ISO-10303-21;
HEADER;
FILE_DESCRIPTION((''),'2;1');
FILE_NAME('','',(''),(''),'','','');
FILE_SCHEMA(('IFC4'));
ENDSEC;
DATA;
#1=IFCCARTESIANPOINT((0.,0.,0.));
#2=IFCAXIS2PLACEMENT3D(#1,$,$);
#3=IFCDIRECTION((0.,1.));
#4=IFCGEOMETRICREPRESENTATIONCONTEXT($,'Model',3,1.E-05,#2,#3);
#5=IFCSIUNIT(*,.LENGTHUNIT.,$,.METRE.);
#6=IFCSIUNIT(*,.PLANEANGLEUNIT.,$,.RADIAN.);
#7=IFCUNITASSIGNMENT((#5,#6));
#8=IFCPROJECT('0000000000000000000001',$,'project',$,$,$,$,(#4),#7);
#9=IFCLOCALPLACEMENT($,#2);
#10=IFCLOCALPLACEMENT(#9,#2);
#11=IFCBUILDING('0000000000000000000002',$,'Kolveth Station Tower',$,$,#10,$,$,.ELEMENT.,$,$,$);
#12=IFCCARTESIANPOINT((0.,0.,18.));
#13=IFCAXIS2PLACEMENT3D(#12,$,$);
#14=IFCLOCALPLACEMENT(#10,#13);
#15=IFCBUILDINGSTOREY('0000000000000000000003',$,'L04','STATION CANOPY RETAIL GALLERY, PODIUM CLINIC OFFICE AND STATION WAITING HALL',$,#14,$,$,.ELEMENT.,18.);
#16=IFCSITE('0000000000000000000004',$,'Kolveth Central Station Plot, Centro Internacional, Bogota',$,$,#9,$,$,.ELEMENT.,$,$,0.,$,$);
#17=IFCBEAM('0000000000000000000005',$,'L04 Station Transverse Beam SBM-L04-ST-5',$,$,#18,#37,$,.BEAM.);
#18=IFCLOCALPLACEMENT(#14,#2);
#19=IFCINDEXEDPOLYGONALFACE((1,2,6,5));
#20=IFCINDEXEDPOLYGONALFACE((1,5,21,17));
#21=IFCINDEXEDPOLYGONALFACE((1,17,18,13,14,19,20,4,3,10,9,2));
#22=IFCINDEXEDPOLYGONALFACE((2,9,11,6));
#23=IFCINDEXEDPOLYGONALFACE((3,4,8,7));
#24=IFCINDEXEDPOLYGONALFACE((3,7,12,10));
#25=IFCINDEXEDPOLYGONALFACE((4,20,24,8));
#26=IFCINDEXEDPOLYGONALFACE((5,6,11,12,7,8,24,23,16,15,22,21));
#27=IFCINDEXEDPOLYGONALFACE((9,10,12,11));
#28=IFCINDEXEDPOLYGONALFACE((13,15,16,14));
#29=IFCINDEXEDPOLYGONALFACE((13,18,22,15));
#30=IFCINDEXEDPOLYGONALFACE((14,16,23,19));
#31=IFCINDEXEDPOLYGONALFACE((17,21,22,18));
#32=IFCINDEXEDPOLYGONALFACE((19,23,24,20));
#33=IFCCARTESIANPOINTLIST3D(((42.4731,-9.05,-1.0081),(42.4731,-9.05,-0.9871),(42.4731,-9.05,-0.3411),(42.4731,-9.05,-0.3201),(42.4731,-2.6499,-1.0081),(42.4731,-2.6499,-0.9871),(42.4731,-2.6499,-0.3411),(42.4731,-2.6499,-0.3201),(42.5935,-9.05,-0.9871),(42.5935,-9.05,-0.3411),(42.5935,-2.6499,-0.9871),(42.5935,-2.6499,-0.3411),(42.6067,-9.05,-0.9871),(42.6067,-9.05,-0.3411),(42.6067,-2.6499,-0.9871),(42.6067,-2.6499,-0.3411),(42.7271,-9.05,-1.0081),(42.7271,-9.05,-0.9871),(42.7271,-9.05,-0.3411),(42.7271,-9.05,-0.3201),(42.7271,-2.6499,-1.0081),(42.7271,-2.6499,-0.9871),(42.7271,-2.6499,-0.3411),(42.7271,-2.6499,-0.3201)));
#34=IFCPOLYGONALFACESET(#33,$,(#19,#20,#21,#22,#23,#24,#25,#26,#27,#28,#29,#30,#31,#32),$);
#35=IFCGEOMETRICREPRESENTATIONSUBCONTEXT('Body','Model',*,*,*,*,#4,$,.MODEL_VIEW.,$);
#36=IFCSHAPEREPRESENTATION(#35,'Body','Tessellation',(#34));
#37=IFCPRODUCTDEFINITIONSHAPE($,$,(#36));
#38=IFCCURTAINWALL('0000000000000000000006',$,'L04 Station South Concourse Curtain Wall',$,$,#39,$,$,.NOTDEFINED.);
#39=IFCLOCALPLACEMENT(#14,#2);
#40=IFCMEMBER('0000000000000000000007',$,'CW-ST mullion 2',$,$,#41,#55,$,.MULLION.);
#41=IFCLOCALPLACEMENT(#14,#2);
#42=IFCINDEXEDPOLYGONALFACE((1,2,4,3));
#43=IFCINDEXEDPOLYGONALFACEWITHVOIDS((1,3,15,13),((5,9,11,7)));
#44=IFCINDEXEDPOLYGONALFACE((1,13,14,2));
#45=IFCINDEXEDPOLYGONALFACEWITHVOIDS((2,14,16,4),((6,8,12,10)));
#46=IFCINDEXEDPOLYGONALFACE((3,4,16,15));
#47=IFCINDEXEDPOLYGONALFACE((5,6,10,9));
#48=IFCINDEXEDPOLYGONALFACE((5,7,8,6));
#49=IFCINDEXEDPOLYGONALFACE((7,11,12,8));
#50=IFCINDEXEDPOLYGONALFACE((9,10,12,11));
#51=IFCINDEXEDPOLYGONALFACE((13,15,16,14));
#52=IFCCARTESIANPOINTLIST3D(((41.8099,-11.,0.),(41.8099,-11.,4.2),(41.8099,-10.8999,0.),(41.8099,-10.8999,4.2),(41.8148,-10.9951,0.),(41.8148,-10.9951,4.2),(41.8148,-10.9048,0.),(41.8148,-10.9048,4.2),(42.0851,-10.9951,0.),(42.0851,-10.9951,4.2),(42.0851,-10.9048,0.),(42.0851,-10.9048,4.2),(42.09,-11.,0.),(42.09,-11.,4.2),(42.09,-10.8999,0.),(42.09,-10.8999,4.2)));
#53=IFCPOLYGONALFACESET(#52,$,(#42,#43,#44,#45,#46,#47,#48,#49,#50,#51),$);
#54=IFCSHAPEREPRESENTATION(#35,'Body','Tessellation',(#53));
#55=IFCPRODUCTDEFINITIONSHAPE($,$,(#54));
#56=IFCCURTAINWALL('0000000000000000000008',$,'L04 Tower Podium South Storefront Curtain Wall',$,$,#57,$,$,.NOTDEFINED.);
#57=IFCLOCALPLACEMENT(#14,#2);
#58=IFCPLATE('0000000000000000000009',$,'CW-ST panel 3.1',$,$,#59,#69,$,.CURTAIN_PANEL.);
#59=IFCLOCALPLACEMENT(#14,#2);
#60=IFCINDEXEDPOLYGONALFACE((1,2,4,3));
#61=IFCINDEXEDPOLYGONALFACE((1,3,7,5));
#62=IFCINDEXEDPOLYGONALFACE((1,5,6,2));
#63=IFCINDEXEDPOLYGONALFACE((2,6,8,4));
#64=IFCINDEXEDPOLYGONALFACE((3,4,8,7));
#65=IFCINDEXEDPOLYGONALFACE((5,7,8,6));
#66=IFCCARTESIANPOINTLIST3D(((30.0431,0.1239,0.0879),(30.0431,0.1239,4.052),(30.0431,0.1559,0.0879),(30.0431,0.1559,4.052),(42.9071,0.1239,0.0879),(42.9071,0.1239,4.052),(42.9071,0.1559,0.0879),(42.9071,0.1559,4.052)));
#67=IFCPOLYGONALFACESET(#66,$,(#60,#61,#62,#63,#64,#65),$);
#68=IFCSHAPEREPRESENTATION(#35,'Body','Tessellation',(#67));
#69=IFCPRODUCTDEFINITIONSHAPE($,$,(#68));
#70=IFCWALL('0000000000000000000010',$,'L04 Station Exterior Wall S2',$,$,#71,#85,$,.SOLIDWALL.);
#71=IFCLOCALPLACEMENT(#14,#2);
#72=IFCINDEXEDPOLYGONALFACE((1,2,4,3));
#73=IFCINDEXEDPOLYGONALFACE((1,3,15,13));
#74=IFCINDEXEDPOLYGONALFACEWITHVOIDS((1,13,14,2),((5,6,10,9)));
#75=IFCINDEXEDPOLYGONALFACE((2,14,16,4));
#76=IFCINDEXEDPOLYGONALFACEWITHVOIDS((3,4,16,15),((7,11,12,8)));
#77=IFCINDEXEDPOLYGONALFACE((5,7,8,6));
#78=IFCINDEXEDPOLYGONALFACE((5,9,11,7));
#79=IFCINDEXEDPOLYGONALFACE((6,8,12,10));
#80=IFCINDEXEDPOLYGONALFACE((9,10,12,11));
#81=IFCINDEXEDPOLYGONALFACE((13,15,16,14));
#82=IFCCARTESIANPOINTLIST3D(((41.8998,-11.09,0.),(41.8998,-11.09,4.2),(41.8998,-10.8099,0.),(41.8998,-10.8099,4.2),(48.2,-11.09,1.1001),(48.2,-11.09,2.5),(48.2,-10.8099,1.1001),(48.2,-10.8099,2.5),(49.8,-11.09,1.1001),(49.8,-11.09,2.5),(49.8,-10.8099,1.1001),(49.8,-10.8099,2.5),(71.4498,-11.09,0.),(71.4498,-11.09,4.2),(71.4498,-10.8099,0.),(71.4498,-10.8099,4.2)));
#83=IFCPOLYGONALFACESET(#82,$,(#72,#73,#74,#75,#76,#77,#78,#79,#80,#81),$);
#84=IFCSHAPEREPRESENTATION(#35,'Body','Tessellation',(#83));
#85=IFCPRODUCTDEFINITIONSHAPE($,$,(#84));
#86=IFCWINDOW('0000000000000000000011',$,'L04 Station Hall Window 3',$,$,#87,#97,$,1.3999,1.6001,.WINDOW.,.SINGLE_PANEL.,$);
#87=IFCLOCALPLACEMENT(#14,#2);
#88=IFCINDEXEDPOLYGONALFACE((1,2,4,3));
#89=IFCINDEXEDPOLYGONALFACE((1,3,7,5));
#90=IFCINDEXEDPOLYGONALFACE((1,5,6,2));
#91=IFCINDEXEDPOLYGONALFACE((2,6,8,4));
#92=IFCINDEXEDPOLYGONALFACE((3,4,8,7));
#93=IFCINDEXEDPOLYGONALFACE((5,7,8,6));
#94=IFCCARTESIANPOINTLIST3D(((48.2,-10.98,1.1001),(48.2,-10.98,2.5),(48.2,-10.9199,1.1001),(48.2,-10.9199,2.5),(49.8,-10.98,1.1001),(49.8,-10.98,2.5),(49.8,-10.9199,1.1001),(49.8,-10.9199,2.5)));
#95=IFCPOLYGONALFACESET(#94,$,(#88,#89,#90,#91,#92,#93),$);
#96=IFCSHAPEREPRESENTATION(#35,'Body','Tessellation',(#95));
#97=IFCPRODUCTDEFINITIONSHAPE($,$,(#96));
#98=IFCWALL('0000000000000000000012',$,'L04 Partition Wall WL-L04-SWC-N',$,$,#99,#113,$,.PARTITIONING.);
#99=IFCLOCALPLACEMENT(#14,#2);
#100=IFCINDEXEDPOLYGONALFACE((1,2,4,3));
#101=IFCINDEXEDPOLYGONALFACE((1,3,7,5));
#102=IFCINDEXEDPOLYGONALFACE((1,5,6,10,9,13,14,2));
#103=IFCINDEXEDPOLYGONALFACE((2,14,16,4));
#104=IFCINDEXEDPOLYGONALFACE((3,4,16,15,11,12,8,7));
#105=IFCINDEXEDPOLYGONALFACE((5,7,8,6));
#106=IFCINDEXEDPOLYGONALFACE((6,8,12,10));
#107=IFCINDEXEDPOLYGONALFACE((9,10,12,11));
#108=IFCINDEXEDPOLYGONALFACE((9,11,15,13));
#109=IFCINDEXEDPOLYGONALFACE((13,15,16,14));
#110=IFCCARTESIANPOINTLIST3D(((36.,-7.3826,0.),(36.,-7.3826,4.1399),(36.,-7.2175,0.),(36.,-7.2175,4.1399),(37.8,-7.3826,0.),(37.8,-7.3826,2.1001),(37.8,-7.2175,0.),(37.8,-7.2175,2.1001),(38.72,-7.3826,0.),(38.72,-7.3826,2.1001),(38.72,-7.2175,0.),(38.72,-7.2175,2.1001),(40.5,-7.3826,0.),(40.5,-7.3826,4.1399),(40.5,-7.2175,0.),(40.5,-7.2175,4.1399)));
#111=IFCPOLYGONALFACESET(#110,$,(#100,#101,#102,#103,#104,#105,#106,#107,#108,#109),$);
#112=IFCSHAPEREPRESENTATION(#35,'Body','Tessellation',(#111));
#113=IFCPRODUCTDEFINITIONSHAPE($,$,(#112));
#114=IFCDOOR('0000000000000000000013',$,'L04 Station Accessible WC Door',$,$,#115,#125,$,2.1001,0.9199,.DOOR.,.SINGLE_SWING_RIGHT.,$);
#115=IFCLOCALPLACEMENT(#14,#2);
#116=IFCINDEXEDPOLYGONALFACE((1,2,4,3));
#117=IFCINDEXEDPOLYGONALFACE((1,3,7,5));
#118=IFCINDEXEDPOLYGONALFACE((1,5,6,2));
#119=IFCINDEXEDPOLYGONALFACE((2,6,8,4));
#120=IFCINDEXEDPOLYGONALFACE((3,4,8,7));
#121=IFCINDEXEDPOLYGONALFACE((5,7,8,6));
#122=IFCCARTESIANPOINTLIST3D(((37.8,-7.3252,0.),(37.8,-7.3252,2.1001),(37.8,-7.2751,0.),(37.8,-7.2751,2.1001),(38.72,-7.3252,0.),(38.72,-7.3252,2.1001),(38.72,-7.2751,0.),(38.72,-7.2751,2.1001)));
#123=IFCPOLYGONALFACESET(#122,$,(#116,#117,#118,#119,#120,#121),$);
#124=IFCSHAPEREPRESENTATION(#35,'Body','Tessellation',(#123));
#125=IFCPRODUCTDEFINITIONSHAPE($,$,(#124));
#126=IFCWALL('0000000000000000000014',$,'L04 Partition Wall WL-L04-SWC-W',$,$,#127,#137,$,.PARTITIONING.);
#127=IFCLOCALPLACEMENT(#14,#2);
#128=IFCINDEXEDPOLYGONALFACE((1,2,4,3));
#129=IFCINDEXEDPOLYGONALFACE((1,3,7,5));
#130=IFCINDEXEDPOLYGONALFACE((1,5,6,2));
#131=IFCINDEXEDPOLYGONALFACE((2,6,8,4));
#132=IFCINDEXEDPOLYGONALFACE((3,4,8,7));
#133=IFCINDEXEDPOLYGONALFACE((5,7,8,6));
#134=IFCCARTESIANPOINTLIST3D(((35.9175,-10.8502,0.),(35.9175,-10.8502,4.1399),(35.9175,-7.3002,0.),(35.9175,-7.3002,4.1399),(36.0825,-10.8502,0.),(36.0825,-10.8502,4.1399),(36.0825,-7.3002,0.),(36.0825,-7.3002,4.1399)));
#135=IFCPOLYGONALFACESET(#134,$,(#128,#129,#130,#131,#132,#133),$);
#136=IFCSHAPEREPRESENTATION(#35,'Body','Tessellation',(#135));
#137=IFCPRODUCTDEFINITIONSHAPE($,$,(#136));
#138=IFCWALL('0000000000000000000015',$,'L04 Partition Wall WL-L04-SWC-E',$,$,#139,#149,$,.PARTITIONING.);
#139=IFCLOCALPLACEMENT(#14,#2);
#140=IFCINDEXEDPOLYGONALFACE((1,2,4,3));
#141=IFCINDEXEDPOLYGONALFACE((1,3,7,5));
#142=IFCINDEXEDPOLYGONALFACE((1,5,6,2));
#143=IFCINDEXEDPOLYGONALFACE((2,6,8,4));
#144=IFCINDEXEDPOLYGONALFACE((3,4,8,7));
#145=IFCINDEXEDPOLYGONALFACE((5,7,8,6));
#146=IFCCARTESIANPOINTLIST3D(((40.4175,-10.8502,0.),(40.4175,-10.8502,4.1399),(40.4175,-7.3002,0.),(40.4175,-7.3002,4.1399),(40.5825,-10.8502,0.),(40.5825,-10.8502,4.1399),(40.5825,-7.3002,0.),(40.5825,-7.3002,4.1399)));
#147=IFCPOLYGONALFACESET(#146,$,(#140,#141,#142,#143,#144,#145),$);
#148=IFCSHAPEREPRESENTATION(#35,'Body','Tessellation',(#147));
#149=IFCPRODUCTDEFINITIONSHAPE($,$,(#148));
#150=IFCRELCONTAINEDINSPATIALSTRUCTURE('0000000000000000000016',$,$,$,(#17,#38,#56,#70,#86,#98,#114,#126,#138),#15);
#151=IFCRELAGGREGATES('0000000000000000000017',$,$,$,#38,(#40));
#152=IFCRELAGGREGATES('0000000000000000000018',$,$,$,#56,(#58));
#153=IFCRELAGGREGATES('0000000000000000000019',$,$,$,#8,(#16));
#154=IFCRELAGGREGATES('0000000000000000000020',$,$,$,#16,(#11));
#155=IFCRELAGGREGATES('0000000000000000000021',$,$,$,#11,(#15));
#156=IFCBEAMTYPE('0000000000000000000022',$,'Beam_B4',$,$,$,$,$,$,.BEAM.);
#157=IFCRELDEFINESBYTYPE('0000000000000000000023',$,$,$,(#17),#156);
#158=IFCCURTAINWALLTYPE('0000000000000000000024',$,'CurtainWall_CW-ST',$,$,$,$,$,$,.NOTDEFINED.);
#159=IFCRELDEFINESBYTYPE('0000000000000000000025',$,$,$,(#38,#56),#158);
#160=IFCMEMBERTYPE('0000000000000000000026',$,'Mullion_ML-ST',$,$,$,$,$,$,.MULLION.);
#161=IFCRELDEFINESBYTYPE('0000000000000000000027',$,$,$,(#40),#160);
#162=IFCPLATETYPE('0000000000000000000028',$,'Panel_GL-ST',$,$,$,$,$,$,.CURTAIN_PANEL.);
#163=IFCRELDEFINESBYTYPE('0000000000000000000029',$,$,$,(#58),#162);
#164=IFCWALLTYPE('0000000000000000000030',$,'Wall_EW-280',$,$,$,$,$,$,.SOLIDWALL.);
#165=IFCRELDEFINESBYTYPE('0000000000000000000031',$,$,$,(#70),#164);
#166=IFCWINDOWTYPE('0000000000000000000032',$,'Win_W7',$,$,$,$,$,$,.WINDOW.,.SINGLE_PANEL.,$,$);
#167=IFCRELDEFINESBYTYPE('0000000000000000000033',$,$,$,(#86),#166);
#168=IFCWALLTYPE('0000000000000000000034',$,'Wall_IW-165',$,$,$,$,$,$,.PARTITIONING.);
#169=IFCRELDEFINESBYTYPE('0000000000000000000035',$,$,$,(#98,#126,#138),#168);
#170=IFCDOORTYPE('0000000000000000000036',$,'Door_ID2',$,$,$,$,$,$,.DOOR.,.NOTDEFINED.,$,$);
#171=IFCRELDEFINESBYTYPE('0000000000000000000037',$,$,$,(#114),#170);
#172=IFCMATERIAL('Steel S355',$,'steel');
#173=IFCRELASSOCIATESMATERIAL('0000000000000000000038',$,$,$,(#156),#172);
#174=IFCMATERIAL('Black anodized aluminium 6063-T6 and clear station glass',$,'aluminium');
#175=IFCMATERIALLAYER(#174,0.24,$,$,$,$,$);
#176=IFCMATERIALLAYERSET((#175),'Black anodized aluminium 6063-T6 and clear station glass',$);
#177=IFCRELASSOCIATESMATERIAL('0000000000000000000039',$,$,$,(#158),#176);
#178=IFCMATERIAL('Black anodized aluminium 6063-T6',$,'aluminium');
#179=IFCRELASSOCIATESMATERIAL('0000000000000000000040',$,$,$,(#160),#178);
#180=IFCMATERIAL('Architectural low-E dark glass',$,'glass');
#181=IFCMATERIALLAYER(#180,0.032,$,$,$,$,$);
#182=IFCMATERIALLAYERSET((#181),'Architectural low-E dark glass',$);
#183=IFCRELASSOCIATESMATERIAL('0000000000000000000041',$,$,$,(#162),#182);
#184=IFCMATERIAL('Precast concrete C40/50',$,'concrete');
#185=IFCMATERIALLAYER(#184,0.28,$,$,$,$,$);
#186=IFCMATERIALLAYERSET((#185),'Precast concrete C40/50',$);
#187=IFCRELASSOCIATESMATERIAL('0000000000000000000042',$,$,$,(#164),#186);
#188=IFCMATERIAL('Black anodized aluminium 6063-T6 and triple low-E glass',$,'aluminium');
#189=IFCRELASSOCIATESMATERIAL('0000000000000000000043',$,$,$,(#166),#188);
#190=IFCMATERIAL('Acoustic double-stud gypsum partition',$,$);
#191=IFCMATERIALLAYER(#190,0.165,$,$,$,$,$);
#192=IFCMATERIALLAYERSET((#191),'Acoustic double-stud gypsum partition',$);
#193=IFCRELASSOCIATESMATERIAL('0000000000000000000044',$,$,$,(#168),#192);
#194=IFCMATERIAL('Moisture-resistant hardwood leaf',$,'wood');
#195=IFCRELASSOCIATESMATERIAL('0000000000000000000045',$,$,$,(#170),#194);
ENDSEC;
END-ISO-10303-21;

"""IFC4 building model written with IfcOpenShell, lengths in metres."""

from ifc_helpers import new_model, si_unit, direction, frame, frame_2d, origin, origin_2d, place, context, subcontext, project, spatial, rectangle, hollow_rectangle, i_section, extrude, source, transform, mapped, material, layer, layer_set, material_profile, profile_set, type_object, element, fill, aggregate, save


model = new_model("IFC4")

# Units and contexts
model_context = context("Model", 3, precision=1e-05, world=origin(), true_north=direction((0.0, 1.0)))
body_context = subcontext(model_context, "Body", "Model", "MODEL_VIEW")
ifc_project = project(units=[si_unit("LENGTHUNIT", "METRE"), si_unit("PLANEANGLEUNIT", "RADIAN")], contexts=[model_context])

# Site, building, storey
site_placement = place(None, origin())
site = spatial("IfcSite", under=ifc_project, at=site_placement, Name="Kolveth Central Station Plot, Centro Internacional, Bogota", CompositionType="ELEMENT", RefElevation=0.0)
building_placement = place(site_placement, origin())
building = spatial("IfcBuilding", under=site, at=building_placement, Name="Kolveth Station Tower", CompositionType="ELEMENT")
storey_placement = place(building_placement, frame((0.0, 0.0, 18.0)))
storey = spatial("IfcBuildingStorey", under=building, at=storey_placement, Name="L04", Description="STATION CANOPY RETAIL GALLERY, PODIUM CLINIC OFFICE AND STATION WAITING HALL", CompositionType="ELEMENT", Elevation=18.0)

# Shared definitions
ifc_material_1 = material(Name="Steel S355", Category="steel")

# Beam
ifc_material_profile_1 = material_profile(ifc_material_1, i_section(OverallWidth=0.2539, OverallDepth=0.688, WebThickness=0.0132, FlangeThickness=0.021, at=origin_2d()), Name="W690x152")
ifc_profile_set_1 = profile_set([ifc_material_profile_1], Name="Steel S355")
beam_type_1 = type_object("IfcBeamType", Name="Beam_B4", PredefinedType="BEAM", material=ifc_profile_set_1)
shared_shape_1 = source(origin(), body_context, "Body", "SweptSolid", [
    extrude(i_section(OverallWidth=0.2539, OverallDepth=0.688, WebThickness=0.0132, FlangeThickness=0.021, at=origin_2d()), origin(), (0.0, 0.0, 1.0), 6.4001),
])
beam_1_placement = place(storey_placement, frame((42.6001, -9.05, -0.6641), z_axis=(0.0, 1.0, 0.0), x_axis=(-1.0, 0.0, 0.0)))
element("IfcBeam", 1, at=beam_1_placement, inside=storey, type_object=beam_type_1, Name="L04 Station Transverse Beam SBM-L04-ST-5", PredefinedType="BEAM", context=body_context, shape_type="MappedRepresentation", body=[
    mapped(shared_shape_1, transform((0.0, 0.0, 0.0), x_axis=(1.0, 0.0, 0.0), y_axis=(0.0, 1.0, 0.0), z_axis=(0.0, 0.0, 1.0), scale=1.0)),
])

# Curtain wall, member
ifc_material_2 = material(Name="Black anodized aluminium 6063-T6 and clear station glass", Category="aluminium")
ifc_layer_1 = layer(ifc_material_2, 0.24)
ifc_layer_set_1 = layer_set([ifc_layer_1], Name="Black anodized aluminium 6063-T6 and clear station glass")
curtain_wall_type = type_object("IfcCurtainWallType", Name="CurtainWall_CW-ST", PredefinedType="NOTDEFINED", material=ifc_layer_set_1)
curtain_wall_1_placement = place(storey_placement, origin())
curtain_wall_1 = element("IfcCurtainWall", 2, at=curtain_wall_1_placement, inside=storey, type_object=curtain_wall_type, Name="L04 Station South Concourse Curtain Wall", PredefinedType="NOTDEFINED")
ifc_material_3 = material(Name="Black anodized aluminium 6063-T6", Category="aluminium")
ifc_material_profile_2 = material_profile(ifc_material_3, hollow_rectangle(XDim=0.1001, YDim=0.28, WallThickness=0.0049, at=origin_2d()), Name="ALU-100x280x5")
ifc_profile_set_2 = profile_set([ifc_material_profile_2], Name="Black anodized aluminium 6063-T6")
member_type = type_object("IfcMemberType", Name="Mullion_ML-ST", PredefinedType="MULLION", material=ifc_profile_set_2)
shared_shape_2 = source(origin(), body_context, "Body", "SweptSolid", [
    extrude(hollow_rectangle(XDim=0.1001, YDim=0.28, WallThickness=0.0049, at=origin_2d()), origin(), (0.0, 0.0, 1.0), 4.2),
])
member_placement = place(storey_placement, frame((41.95, -10.95, 0.0), z_axis=(0.0, 0.0, 1.0), x_axis=(0.0, 1.0, 0.0)))
member = element("IfcMember", 3, at=member_placement, type_object=member_type, Name="CW-ST mullion 2", PredefinedType="MULLION", context=body_context, shape_type="MappedRepresentation", body=[
    mapped(shared_shape_2, transform((0.0, 0.0, 0.0), x_axis=(1.0, 0.0, 0.0), y_axis=(0.0, 1.0, 0.0), z_axis=(0.0, 0.0, 1.0), scale=1.0)),
])
aggregate(curtain_wall_1, [member])

# Curtain wall, plate
curtain_wall_2_placement = place(storey_placement, origin())
curtain_wall_2 = element("IfcCurtainWall", 4, at=curtain_wall_2_placement, inside=storey, type_object=curtain_wall_type, Name="L04 Tower Podium South Storefront Curtain Wall", PredefinedType="NOTDEFINED")
ifc_material_4 = material(Name="Architectural low-E dark glass", Category="glass")
ifc_layer_2 = layer(ifc_material_4, 0.032)
ifc_layer_set_2 = layer_set([ifc_layer_2], Name="Architectural low-E dark glass")
plate_type = type_object("IfcPlateType", Name="Panel_GL-ST", PredefinedType="CURTAIN_PANEL", material=ifc_layer_set_2)
shared_shape_3 = source(origin(), body_context, "Body", "SweptSolid", [
    extrude(rectangle(XDim=12.864, YDim=0.032, at=origin_2d()), origin(), (0.0, 0.0, 1.0), 3.9641),
])
plate_placement = place(storey_placement, frame((36.4751, 0.1399, 0.0879), z_axis=(0.0, 0.0, 1.0), x_axis=(1.0, 0.0, 0.0)))
plate = element("IfcPlate", 5, at=plate_placement, type_object=plate_type, Name="CW-ST panel 3.1", PredefinedType="CURTAIN_PANEL", context=body_context, shape_type="MappedRepresentation", body=[
    mapped(shared_shape_3, transform((0.0, 0.0, 0.0), x_axis=(1.0, 0.0, 0.0), y_axis=(0.0, 1.0, 0.0), z_axis=(0.0, 0.0, 1.0), scale=1.0)),
])
aggregate(curtain_wall_2, [plate])

# Wall, opening, window
ifc_material_5 = material(Name="Precast concrete C40/50", Category="concrete")
ifc_layer_3 = layer(ifc_material_5, 0.28)
ifc_layer_set_3 = layer_set([ifc_layer_3], Name="Precast concrete C40/50")
wall_type_1 = type_object("IfcWallType", Name="Wall_EW-280", PredefinedType="SOLIDWALL", material=ifc_layer_set_3)
wall_1_placement = place(storey_placement, frame((41.8999, -10.95, 0.0), z_axis=(0.0, 0.0, 1.0), x_axis=(1.0, 0.0, 0.0)))
wall_1 = element("IfcWall", 6, at=wall_1_placement, inside=storey, type_object=wall_type_1, Name="L04 Station Exterior Wall S2", PredefinedType="SOLIDWALL", context=body_context, shape_type="SweptSolid", body=[
    extrude(rectangle(XDim=29.55, YDim=0.28, at=frame_2d((14.7749, 0.0))), origin(), (0.0, 0.0, 1.0), 4.2),
])
opening_1_placement = place(wall_1_placement, frame((6.3, 0.0, 1.1001)))
opening_1 = element("IfcOpeningElement", 7, at=opening_1_placement, cuts=wall_1, PredefinedType="OPENING", context=body_context, shape_type="SweptSolid", body=[
    extrude(rectangle(XDim=1.6001, YDim=1.3999, at=frame_2d((0.8, 0.7))), frame((0.0, 0.1499, 0.0), z_axis=(0.0, -1.0, 0.0), x_axis=(1.0, 0.0, 0.0)), (0.0, 0.0, 1.0), 0.3),
])
ifc_material_6 = material(Name="Black anodized aluminium 6063-T6 and triple low-E glass", Category="aluminium")
window_type = type_object("IfcWindowType", Name="Win_W7", PartitioningType="SINGLE_PANEL", PredefinedType="WINDOW", material=ifc_material_6)
window_placement = place(opening_1_placement, origin())
window = element("IfcWindow", 8, at=window_placement, inside=storey, type_object=window_type, Name="L04 Station Hall Window 3", OverallHeight=1.3999, OverallWidth=1.6001, PartitioningType="SINGLE_PANEL", PredefinedType="WINDOW", context=body_context, shape_type="SweptSolid", body=[
    extrude(rectangle(XDim=1.6001, YDim=1.3999, at=frame_2d((0.8, 0.7))), frame((0.0, 0.03, 0.0), z_axis=(0.0, -1.0, 0.0), x_axis=(1.0, 0.0, 0.0)), (0.0, 0.0, 1.0), 0.0601),
])
fill(opening_1, window)

# Wall, opening, door
ifc_material_7 = material(Name="Acoustic double-stud gypsum partition")
ifc_layer_4 = layer(ifc_material_7, 0.165)
ifc_layer_set_4 = layer_set([ifc_layer_4], Name="Acoustic double-stud gypsum partition")
wall_type_2 = type_object("IfcWallType", Name="Wall_IW-165", PredefinedType="PARTITIONING", material=ifc_layer_set_4)
wall_2_placement = place(storey_placement, frame((36.0, -7.3, 0.0), z_axis=(0.0, 0.0, 1.0), x_axis=(1.0, 0.0, 0.0)))
wall_2 = element("IfcWall", 9, at=wall_2_placement, inside=storey, type_object=wall_type_2, Name="L04 Partition Wall WL-L04-SWC-N", PredefinedType="PARTITIONING", context=body_context, shape_type="SweptSolid", body=[
    extrude(rectangle(XDim=4.5, YDim=0.165, at=frame_2d((2.25, 0.0))), origin(), (0.0, 0.0, 1.0), 4.1399),
])
opening_2_placement = place(wall_2_placement, frame((1.8, 0.0, 0.0)))
opening_2 = element("IfcOpeningElement", 10, at=opening_2_placement, cuts=wall_2, PredefinedType="OPENING", context=body_context, shape_type="SweptSolid", body=[
    extrude(rectangle(XDim=0.9199, YDim=2.1001, at=frame_2d((0.46, 1.05))), frame((0.0, 0.0925, 0.0), z_axis=(0.0, -1.0, 0.0), x_axis=(1.0, 0.0, 0.0)), (0.0, 0.0, 1.0), 0.1851),
])
ifc_material_8 = material(Name="Moisture-resistant hardwood leaf", Category="wood")
door_type_1 = type_object("IfcDoorType", Name="Door_ID2", OperationType="NOTDEFINED", PredefinedType="DOOR", material=ifc_material_8)
door_1_placement = place(opening_2_placement, origin())
door_1 = element("IfcDoor", 11, at=door_1_placement, inside=storey, type_object=door_type_1, Name="L04 Station Accessible WC Door", OperationType="SINGLE_SWING_RIGHT", OverallHeight=2.1001, OverallWidth=0.9199, PredefinedType="DOOR", context=body_context, shape_type="SweptSolid", body=[
    extrude(rectangle(XDim=0.9199, YDim=2.1001, at=frame_2d((0.46, 1.05))), frame((0.0, 0.0249, 0.0), z_axis=(0.0, -1.0, 0.0), x_axis=(1.0, 0.0, 0.0)), (0.0, 0.0, 1.0), 0.05),
])
fill(opening_2, door_1)

# Walls
for number, where, z_axis, x_axis, name in (
    (12, (36.0, -10.8501, 0.0), (0.0, 0.0, 1.0), (0.0, 1.0, 0.0), "L04 Partition Wall WL-L04-SWC-W"),
    (13, (40.5, -10.8501, 0.0), (0.0, 0.0, 1.0), (0.0, 1.0, 0.0), "L04 Partition Wall WL-L04-SWC-E"),
):
    element("IfcWall", number, at=place(storey_placement, frame(where, z_axis=z_axis, x_axis=x_axis)), inside=storey, type_object=wall_type_2, Name=name, PredefinedType="PARTITIONING", context=body_context, shape_type="SweptSolid", body=[
        extrude(rectangle(XDim=3.55, YDim=0.165, at=frame_2d((1.7749, 0.0))), origin(), (0.0, 0.0, 1.0), 4.1399),
    ])

save(model, "model.ifc")
